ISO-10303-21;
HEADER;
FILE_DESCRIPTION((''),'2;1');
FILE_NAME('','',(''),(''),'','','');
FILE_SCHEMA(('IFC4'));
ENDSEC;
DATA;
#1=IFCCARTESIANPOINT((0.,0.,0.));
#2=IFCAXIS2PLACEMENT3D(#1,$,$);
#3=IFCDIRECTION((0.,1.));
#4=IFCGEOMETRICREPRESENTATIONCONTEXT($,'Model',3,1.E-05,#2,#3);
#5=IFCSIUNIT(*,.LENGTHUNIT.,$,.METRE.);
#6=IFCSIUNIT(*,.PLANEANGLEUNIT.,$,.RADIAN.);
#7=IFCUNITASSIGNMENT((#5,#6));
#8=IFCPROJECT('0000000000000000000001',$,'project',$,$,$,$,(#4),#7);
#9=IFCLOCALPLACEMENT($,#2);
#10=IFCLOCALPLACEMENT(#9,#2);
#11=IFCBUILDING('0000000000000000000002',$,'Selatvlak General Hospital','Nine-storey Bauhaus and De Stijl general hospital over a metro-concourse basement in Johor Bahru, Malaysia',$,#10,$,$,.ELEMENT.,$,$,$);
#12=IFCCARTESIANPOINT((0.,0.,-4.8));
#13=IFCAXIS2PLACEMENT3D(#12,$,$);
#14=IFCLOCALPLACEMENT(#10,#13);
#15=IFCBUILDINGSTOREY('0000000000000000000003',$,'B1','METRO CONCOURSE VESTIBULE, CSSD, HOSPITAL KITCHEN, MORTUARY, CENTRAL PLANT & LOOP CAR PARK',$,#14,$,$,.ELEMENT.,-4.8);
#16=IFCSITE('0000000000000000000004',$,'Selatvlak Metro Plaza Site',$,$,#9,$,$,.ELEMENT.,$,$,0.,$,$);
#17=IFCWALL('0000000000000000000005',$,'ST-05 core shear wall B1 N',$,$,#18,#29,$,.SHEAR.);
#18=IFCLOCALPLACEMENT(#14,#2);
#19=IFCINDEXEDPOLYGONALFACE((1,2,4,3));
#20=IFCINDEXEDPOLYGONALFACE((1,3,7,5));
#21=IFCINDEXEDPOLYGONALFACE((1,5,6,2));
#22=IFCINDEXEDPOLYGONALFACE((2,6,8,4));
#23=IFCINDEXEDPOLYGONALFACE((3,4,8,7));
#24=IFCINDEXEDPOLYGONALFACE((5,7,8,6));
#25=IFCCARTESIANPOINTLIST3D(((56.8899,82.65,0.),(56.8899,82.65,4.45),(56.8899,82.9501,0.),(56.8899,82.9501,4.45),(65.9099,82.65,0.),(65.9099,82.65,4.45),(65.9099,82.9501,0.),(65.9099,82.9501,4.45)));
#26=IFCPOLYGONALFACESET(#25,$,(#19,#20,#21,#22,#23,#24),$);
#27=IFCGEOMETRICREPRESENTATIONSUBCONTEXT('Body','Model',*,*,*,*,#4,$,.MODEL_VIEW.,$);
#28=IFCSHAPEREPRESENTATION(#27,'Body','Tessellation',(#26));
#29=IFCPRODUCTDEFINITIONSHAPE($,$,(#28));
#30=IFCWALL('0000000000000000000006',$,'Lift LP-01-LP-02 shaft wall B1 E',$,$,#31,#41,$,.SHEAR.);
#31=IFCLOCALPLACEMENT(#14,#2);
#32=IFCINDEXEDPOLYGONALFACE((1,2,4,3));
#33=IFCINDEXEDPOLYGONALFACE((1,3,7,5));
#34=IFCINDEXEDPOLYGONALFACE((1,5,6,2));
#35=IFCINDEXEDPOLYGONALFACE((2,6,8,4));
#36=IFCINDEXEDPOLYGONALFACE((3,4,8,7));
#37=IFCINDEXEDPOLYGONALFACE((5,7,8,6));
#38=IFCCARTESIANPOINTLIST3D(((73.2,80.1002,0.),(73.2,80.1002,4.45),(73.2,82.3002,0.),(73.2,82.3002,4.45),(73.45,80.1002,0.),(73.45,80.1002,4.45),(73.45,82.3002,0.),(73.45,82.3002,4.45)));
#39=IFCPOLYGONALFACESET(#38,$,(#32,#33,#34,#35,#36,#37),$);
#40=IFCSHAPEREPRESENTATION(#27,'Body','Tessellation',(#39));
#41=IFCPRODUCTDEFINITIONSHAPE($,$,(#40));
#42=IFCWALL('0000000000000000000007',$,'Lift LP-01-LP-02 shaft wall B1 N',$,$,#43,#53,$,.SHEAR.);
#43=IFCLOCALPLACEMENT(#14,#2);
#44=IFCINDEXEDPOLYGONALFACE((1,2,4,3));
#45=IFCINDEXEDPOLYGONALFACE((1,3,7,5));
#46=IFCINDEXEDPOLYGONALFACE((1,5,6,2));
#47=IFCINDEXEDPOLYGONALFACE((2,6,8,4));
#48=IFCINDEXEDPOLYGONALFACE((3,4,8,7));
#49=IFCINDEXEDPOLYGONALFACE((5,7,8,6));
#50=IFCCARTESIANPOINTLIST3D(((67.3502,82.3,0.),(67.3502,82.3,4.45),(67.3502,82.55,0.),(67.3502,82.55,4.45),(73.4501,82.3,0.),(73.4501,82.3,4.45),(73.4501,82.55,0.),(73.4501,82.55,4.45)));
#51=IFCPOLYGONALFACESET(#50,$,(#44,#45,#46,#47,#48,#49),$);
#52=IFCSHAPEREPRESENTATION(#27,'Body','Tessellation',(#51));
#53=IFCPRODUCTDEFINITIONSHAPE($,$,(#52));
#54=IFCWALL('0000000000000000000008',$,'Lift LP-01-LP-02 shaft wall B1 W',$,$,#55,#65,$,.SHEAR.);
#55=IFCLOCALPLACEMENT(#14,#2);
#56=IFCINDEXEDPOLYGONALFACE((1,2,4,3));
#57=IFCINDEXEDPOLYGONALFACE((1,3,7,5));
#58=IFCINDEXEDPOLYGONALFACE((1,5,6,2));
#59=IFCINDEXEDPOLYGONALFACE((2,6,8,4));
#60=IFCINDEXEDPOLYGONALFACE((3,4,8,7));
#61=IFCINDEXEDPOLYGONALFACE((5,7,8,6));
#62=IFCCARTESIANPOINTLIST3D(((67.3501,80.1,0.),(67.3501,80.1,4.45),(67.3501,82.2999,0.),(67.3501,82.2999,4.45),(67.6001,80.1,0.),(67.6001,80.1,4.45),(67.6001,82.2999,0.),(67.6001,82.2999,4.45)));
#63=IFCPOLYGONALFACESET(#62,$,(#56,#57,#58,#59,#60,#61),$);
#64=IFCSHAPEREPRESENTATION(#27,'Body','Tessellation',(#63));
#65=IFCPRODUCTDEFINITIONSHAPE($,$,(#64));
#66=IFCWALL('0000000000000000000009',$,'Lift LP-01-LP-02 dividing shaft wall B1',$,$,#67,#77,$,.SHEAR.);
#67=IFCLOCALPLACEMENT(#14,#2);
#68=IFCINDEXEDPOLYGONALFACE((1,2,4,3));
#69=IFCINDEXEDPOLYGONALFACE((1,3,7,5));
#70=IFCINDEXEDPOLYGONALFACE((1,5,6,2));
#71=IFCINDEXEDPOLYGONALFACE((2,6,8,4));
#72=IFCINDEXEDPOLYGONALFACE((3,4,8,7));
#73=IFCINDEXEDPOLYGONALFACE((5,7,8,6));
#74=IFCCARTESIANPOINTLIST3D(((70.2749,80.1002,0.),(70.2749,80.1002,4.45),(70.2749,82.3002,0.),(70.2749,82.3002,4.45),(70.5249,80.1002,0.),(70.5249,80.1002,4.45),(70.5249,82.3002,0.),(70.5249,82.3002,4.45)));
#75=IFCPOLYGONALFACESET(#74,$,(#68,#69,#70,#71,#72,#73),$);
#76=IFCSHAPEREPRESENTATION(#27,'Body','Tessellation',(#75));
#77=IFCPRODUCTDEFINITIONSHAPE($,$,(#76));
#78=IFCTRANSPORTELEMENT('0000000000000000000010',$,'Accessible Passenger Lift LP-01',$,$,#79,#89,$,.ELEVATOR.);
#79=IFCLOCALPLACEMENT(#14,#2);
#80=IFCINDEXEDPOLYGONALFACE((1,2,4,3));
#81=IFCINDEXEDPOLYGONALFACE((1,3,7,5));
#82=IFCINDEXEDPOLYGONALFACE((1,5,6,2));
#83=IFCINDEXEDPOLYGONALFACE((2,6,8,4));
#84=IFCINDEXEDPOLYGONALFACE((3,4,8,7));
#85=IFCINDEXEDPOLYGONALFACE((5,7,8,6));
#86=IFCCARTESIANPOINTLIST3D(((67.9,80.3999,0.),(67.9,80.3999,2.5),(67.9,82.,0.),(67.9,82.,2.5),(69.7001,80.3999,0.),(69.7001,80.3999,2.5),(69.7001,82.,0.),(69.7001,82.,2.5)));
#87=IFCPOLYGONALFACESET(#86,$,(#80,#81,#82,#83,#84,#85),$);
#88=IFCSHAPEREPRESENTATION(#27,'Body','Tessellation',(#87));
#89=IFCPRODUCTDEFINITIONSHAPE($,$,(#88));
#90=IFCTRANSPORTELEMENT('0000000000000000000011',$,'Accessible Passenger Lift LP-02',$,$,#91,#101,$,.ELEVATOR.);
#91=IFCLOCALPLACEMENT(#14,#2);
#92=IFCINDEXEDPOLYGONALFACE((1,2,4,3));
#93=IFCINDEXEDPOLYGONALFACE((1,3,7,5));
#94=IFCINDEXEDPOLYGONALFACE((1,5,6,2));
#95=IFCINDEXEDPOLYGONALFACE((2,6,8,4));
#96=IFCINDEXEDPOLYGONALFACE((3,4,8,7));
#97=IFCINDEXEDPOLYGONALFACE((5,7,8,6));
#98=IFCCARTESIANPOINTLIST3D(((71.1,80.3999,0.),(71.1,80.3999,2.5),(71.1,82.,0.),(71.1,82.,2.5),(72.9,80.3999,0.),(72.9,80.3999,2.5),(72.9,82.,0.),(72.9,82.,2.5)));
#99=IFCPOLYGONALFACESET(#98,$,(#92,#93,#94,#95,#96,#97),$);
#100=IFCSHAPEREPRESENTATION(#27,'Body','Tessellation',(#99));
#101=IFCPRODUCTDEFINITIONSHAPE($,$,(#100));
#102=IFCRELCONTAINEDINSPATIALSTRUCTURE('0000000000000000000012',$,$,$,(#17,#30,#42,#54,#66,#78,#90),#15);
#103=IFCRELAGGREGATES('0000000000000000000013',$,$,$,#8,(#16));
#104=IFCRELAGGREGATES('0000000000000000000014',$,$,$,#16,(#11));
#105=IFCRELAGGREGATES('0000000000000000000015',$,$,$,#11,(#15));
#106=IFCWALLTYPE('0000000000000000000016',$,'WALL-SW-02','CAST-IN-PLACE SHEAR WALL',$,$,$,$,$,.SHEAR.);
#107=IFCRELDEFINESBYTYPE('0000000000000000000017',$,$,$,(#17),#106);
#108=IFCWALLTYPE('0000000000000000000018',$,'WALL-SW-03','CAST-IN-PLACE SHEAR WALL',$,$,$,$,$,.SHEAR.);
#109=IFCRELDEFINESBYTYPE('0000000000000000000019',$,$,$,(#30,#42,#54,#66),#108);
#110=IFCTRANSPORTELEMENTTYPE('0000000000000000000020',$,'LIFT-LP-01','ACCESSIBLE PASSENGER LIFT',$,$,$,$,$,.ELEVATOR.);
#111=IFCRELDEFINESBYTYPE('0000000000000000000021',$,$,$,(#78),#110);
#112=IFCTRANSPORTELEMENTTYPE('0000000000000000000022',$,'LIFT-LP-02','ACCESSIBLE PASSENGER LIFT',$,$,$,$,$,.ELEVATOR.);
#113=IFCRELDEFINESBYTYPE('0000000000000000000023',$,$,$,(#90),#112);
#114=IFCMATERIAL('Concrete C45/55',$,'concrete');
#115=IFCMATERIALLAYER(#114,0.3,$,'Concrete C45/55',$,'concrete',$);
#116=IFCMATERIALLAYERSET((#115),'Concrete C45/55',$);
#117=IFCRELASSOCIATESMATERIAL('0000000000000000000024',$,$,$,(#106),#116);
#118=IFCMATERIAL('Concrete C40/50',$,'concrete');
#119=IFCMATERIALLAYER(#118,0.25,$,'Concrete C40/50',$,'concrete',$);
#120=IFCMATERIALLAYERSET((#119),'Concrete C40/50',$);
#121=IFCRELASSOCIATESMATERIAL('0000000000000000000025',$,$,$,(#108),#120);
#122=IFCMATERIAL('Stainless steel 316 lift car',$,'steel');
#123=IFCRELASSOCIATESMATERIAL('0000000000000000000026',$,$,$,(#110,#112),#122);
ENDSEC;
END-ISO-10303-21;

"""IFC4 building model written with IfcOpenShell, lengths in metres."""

from ifc_helpers import new_model, si_unit, direction, frame, frame_2d, origin, origin_2d, place, context, subcontext, project, spatial, rectangle, extrude, material, layer, layer_set, type_object, element, save


model = new_model("IFC4")

# Units and contexts
model_context = context("Model", 3, precision=1e-05, world=origin(), true_north=direction((0.0, 1.0)))
body_context = subcontext(model_context, "Body", "Model", "MODEL_VIEW")
ifc_project = project(units=[si_unit("LENGTHUNIT", "METRE"), si_unit("PLANEANGLEUNIT", "RADIAN")], contexts=[model_context])

# Site, building, storey
site_placement = place(None, origin())
site = spatial("IfcSite", under=ifc_project, at=site_placement, Name="Selatvlak Metro Plaza Site", CompositionType="ELEMENT", RefElevation=0.0)
building_placement = place(site_placement, origin())
building = spatial("IfcBuilding", under=site, at=building_placement, Name="Selatvlak General Hospital", Description="Nine-storey Bauhaus and De Stijl general hospital over a metro-concourse basement in Johor Bahru, Malaysia", CompositionType="ELEMENT")
storey_placement = place(building_placement, frame((0.0, 0.0, -4.8)))
storey = spatial("IfcBuildingStorey", under=building, at=storey_placement, Name="B1", Description="METRO CONCOURSE VESTIBULE, CSSD, HOSPITAL KITCHEN, MORTUARY, CENTRAL PLANT & LOOP CAR PARK", CompositionType="ELEMENT", Elevation=-4.8)

# Shared definitions
ifc_material_1 = material(Name="Concrete C40/50", Category="concrete")

# Wall
ifc_material_2 = material(Name="Concrete C45/55", Category="concrete")
ifc_layer_1 = layer(ifc_material_2, 0.3, Name="Concrete C45/55", Category="concrete")
ifc_layer_set_1 = layer_set([ifc_layer_1], Name="Concrete C45/55")
wall_type_1 = type_object("IfcWallType", Name="WALL-SW-02", Description="CAST-IN-PLACE SHEAR WALL", PredefinedType="SHEAR", material=ifc_layer_set_1)
wall_1_placement = place(storey_placement, frame((65.9099, 82.8, 0.0), z_axis=(0.0, 0.0, 1.0), x_axis=(-1.0, 0.0, 0.0)))
element("IfcWall", 1, at=wall_1_placement, inside=storey, type_object=wall_type_1, Name="ST-05 core shear wall B1 N", PredefinedType="SHEAR", context=body_context, shape_type="SweptSolid", body=[
    extrude(rectangle(XDim=9.02, YDim=0.3, at=frame_2d((4.51, 0.0))), origin(), (0.0, 0.0, 1.0), 4.45),
])

# Shared definitions
ifc_layer_2 = layer(ifc_material_1, 0.25, Name="Concrete C40/50", Category="concrete")
ifc_layer_set_2 = layer_set([ifc_layer_2], Name="Concrete C40/50")
wall_type_2 = type_object("IfcWallType", Name="WALL-SW-03", Description="CAST-IN-PLACE SHEAR WALL", PredefinedType="SHEAR", material=ifc_layer_set_2)

# Walls
wall_2_placement = place(storey_placement, frame((73.325, 80.1001, 0.0), z_axis=(0.0, 0.0, 1.0), x_axis=(0.0, 1.0, 0.0)))
element("IfcWall", 2, at=wall_2_placement, inside=storey, type_object=wall_type_2, Name="Lift LP-01-LP-02 shaft wall B1 E", PredefinedType="SHEAR", context=body_context, shape_type="SweptSolid", body=[
    extrude(rectangle(XDim=2.2, YDim=0.25, at=frame_2d((1.1001, 0.0))), origin(), (0.0, 0.0, 1.0), 4.45),
])
wall_3_placement = place(storey_placement, frame((73.45, 82.425, 0.0), z_axis=(0.0, 0.0, 1.0), x_axis=(-1.0, 0.0, 0.0)))
element("IfcWall", 3, at=wall_3_placement, inside=storey, type_object=wall_type_2, Name="Lift LP-01-LP-02 shaft wall B1 N", PredefinedType="SHEAR", context=body_context, shape_type="SweptSolid", body=[
    extrude(rectangle(XDim=6.0999, YDim=0.25, at=frame_2d((3.0498, 0.0))), origin(), (0.0, 0.0, 1.0), 4.45),
])
for number, where, z_axis, x_axis, name in (
    (4, (67.4751, 82.3, 0.0), (0.0, 0.0, 1.0), (0.0, -1.0, 0.0), "Lift LP-01-LP-02 shaft wall B1 W"),
    (5, (70.3999, 80.1001, 0.0), (0.0, 0.0, 1.0), (0.0, 1.0, 0.0), "Lift LP-01-LP-02 dividing shaft wall B1"),
):
    element("IfcWall", number, at=place(storey_placement, frame(where, z_axis=z_axis, x_axis=x_axis)), inside=storey, type_object=wall_type_2, Name=name, PredefinedType="SHEAR", context=body_context, shape_type="SweptSolid", body=[
        extrude(rectangle(XDim=2.2, YDim=0.25, at=frame_2d((1.1001, 0.0))), origin(), (0.0, 0.0, 1.0), 4.45),
    ])

# Transport elements
ifc_material_3 = material(Name="Stainless steel 316 lift car", Category="steel")
transport_element_type_1 = type_object("IfcTransportElementType", Name="LIFT-LP-01", Description="ACCESSIBLE PASSENGER LIFT", PredefinedType="ELEVATOR", material=ifc_material_3)
transport_element_1_placement = place(storey_placement, frame((68.8, 81.2, 0.0), z_axis=(0.0, 0.0, 1.0), x_axis=(1.0, 0.0, 0.0)))
element("IfcTransportElement", 6, at=transport_element_1_placement, inside=storey, type_object=transport_element_type_1, Name="Accessible Passenger Lift LP-01", PredefinedType="ELEVATOR", context=body_context, shape_type="SweptSolid", body=[
    extrude(rectangle(XDim=1.8, YDim=1.6001, at=origin_2d()), origin(), (0.0, 0.0, 1.0), 2.5),
])
transport_element_type_2 = type_object("IfcTransportElementType", Name="LIFT-LP-02", Description="ACCESSIBLE PASSENGER LIFT", PredefinedType="ELEVATOR", material=ifc_material_3)
transport_element_2_placement = place(storey_placement, frame((72.0, 81.2, 0.0), z_axis=(0.0, 0.0, 1.0), x_axis=(1.0, 0.0, 0.0)))
element("IfcTransportElement", 7, at=transport_element_2_placement, inside=storey, type_object=transport_element_type_2, Name="Accessible Passenger Lift LP-02", PredefinedType="ELEVATOR", context=body_context, shape_type="SweptSolid", body=[
    extrude(rectangle(XDim=1.8, YDim=1.6001, at=origin_2d()), origin(), (0.0, 0.0, 1.0), 2.5),
])

save(model, "model.ifc")
